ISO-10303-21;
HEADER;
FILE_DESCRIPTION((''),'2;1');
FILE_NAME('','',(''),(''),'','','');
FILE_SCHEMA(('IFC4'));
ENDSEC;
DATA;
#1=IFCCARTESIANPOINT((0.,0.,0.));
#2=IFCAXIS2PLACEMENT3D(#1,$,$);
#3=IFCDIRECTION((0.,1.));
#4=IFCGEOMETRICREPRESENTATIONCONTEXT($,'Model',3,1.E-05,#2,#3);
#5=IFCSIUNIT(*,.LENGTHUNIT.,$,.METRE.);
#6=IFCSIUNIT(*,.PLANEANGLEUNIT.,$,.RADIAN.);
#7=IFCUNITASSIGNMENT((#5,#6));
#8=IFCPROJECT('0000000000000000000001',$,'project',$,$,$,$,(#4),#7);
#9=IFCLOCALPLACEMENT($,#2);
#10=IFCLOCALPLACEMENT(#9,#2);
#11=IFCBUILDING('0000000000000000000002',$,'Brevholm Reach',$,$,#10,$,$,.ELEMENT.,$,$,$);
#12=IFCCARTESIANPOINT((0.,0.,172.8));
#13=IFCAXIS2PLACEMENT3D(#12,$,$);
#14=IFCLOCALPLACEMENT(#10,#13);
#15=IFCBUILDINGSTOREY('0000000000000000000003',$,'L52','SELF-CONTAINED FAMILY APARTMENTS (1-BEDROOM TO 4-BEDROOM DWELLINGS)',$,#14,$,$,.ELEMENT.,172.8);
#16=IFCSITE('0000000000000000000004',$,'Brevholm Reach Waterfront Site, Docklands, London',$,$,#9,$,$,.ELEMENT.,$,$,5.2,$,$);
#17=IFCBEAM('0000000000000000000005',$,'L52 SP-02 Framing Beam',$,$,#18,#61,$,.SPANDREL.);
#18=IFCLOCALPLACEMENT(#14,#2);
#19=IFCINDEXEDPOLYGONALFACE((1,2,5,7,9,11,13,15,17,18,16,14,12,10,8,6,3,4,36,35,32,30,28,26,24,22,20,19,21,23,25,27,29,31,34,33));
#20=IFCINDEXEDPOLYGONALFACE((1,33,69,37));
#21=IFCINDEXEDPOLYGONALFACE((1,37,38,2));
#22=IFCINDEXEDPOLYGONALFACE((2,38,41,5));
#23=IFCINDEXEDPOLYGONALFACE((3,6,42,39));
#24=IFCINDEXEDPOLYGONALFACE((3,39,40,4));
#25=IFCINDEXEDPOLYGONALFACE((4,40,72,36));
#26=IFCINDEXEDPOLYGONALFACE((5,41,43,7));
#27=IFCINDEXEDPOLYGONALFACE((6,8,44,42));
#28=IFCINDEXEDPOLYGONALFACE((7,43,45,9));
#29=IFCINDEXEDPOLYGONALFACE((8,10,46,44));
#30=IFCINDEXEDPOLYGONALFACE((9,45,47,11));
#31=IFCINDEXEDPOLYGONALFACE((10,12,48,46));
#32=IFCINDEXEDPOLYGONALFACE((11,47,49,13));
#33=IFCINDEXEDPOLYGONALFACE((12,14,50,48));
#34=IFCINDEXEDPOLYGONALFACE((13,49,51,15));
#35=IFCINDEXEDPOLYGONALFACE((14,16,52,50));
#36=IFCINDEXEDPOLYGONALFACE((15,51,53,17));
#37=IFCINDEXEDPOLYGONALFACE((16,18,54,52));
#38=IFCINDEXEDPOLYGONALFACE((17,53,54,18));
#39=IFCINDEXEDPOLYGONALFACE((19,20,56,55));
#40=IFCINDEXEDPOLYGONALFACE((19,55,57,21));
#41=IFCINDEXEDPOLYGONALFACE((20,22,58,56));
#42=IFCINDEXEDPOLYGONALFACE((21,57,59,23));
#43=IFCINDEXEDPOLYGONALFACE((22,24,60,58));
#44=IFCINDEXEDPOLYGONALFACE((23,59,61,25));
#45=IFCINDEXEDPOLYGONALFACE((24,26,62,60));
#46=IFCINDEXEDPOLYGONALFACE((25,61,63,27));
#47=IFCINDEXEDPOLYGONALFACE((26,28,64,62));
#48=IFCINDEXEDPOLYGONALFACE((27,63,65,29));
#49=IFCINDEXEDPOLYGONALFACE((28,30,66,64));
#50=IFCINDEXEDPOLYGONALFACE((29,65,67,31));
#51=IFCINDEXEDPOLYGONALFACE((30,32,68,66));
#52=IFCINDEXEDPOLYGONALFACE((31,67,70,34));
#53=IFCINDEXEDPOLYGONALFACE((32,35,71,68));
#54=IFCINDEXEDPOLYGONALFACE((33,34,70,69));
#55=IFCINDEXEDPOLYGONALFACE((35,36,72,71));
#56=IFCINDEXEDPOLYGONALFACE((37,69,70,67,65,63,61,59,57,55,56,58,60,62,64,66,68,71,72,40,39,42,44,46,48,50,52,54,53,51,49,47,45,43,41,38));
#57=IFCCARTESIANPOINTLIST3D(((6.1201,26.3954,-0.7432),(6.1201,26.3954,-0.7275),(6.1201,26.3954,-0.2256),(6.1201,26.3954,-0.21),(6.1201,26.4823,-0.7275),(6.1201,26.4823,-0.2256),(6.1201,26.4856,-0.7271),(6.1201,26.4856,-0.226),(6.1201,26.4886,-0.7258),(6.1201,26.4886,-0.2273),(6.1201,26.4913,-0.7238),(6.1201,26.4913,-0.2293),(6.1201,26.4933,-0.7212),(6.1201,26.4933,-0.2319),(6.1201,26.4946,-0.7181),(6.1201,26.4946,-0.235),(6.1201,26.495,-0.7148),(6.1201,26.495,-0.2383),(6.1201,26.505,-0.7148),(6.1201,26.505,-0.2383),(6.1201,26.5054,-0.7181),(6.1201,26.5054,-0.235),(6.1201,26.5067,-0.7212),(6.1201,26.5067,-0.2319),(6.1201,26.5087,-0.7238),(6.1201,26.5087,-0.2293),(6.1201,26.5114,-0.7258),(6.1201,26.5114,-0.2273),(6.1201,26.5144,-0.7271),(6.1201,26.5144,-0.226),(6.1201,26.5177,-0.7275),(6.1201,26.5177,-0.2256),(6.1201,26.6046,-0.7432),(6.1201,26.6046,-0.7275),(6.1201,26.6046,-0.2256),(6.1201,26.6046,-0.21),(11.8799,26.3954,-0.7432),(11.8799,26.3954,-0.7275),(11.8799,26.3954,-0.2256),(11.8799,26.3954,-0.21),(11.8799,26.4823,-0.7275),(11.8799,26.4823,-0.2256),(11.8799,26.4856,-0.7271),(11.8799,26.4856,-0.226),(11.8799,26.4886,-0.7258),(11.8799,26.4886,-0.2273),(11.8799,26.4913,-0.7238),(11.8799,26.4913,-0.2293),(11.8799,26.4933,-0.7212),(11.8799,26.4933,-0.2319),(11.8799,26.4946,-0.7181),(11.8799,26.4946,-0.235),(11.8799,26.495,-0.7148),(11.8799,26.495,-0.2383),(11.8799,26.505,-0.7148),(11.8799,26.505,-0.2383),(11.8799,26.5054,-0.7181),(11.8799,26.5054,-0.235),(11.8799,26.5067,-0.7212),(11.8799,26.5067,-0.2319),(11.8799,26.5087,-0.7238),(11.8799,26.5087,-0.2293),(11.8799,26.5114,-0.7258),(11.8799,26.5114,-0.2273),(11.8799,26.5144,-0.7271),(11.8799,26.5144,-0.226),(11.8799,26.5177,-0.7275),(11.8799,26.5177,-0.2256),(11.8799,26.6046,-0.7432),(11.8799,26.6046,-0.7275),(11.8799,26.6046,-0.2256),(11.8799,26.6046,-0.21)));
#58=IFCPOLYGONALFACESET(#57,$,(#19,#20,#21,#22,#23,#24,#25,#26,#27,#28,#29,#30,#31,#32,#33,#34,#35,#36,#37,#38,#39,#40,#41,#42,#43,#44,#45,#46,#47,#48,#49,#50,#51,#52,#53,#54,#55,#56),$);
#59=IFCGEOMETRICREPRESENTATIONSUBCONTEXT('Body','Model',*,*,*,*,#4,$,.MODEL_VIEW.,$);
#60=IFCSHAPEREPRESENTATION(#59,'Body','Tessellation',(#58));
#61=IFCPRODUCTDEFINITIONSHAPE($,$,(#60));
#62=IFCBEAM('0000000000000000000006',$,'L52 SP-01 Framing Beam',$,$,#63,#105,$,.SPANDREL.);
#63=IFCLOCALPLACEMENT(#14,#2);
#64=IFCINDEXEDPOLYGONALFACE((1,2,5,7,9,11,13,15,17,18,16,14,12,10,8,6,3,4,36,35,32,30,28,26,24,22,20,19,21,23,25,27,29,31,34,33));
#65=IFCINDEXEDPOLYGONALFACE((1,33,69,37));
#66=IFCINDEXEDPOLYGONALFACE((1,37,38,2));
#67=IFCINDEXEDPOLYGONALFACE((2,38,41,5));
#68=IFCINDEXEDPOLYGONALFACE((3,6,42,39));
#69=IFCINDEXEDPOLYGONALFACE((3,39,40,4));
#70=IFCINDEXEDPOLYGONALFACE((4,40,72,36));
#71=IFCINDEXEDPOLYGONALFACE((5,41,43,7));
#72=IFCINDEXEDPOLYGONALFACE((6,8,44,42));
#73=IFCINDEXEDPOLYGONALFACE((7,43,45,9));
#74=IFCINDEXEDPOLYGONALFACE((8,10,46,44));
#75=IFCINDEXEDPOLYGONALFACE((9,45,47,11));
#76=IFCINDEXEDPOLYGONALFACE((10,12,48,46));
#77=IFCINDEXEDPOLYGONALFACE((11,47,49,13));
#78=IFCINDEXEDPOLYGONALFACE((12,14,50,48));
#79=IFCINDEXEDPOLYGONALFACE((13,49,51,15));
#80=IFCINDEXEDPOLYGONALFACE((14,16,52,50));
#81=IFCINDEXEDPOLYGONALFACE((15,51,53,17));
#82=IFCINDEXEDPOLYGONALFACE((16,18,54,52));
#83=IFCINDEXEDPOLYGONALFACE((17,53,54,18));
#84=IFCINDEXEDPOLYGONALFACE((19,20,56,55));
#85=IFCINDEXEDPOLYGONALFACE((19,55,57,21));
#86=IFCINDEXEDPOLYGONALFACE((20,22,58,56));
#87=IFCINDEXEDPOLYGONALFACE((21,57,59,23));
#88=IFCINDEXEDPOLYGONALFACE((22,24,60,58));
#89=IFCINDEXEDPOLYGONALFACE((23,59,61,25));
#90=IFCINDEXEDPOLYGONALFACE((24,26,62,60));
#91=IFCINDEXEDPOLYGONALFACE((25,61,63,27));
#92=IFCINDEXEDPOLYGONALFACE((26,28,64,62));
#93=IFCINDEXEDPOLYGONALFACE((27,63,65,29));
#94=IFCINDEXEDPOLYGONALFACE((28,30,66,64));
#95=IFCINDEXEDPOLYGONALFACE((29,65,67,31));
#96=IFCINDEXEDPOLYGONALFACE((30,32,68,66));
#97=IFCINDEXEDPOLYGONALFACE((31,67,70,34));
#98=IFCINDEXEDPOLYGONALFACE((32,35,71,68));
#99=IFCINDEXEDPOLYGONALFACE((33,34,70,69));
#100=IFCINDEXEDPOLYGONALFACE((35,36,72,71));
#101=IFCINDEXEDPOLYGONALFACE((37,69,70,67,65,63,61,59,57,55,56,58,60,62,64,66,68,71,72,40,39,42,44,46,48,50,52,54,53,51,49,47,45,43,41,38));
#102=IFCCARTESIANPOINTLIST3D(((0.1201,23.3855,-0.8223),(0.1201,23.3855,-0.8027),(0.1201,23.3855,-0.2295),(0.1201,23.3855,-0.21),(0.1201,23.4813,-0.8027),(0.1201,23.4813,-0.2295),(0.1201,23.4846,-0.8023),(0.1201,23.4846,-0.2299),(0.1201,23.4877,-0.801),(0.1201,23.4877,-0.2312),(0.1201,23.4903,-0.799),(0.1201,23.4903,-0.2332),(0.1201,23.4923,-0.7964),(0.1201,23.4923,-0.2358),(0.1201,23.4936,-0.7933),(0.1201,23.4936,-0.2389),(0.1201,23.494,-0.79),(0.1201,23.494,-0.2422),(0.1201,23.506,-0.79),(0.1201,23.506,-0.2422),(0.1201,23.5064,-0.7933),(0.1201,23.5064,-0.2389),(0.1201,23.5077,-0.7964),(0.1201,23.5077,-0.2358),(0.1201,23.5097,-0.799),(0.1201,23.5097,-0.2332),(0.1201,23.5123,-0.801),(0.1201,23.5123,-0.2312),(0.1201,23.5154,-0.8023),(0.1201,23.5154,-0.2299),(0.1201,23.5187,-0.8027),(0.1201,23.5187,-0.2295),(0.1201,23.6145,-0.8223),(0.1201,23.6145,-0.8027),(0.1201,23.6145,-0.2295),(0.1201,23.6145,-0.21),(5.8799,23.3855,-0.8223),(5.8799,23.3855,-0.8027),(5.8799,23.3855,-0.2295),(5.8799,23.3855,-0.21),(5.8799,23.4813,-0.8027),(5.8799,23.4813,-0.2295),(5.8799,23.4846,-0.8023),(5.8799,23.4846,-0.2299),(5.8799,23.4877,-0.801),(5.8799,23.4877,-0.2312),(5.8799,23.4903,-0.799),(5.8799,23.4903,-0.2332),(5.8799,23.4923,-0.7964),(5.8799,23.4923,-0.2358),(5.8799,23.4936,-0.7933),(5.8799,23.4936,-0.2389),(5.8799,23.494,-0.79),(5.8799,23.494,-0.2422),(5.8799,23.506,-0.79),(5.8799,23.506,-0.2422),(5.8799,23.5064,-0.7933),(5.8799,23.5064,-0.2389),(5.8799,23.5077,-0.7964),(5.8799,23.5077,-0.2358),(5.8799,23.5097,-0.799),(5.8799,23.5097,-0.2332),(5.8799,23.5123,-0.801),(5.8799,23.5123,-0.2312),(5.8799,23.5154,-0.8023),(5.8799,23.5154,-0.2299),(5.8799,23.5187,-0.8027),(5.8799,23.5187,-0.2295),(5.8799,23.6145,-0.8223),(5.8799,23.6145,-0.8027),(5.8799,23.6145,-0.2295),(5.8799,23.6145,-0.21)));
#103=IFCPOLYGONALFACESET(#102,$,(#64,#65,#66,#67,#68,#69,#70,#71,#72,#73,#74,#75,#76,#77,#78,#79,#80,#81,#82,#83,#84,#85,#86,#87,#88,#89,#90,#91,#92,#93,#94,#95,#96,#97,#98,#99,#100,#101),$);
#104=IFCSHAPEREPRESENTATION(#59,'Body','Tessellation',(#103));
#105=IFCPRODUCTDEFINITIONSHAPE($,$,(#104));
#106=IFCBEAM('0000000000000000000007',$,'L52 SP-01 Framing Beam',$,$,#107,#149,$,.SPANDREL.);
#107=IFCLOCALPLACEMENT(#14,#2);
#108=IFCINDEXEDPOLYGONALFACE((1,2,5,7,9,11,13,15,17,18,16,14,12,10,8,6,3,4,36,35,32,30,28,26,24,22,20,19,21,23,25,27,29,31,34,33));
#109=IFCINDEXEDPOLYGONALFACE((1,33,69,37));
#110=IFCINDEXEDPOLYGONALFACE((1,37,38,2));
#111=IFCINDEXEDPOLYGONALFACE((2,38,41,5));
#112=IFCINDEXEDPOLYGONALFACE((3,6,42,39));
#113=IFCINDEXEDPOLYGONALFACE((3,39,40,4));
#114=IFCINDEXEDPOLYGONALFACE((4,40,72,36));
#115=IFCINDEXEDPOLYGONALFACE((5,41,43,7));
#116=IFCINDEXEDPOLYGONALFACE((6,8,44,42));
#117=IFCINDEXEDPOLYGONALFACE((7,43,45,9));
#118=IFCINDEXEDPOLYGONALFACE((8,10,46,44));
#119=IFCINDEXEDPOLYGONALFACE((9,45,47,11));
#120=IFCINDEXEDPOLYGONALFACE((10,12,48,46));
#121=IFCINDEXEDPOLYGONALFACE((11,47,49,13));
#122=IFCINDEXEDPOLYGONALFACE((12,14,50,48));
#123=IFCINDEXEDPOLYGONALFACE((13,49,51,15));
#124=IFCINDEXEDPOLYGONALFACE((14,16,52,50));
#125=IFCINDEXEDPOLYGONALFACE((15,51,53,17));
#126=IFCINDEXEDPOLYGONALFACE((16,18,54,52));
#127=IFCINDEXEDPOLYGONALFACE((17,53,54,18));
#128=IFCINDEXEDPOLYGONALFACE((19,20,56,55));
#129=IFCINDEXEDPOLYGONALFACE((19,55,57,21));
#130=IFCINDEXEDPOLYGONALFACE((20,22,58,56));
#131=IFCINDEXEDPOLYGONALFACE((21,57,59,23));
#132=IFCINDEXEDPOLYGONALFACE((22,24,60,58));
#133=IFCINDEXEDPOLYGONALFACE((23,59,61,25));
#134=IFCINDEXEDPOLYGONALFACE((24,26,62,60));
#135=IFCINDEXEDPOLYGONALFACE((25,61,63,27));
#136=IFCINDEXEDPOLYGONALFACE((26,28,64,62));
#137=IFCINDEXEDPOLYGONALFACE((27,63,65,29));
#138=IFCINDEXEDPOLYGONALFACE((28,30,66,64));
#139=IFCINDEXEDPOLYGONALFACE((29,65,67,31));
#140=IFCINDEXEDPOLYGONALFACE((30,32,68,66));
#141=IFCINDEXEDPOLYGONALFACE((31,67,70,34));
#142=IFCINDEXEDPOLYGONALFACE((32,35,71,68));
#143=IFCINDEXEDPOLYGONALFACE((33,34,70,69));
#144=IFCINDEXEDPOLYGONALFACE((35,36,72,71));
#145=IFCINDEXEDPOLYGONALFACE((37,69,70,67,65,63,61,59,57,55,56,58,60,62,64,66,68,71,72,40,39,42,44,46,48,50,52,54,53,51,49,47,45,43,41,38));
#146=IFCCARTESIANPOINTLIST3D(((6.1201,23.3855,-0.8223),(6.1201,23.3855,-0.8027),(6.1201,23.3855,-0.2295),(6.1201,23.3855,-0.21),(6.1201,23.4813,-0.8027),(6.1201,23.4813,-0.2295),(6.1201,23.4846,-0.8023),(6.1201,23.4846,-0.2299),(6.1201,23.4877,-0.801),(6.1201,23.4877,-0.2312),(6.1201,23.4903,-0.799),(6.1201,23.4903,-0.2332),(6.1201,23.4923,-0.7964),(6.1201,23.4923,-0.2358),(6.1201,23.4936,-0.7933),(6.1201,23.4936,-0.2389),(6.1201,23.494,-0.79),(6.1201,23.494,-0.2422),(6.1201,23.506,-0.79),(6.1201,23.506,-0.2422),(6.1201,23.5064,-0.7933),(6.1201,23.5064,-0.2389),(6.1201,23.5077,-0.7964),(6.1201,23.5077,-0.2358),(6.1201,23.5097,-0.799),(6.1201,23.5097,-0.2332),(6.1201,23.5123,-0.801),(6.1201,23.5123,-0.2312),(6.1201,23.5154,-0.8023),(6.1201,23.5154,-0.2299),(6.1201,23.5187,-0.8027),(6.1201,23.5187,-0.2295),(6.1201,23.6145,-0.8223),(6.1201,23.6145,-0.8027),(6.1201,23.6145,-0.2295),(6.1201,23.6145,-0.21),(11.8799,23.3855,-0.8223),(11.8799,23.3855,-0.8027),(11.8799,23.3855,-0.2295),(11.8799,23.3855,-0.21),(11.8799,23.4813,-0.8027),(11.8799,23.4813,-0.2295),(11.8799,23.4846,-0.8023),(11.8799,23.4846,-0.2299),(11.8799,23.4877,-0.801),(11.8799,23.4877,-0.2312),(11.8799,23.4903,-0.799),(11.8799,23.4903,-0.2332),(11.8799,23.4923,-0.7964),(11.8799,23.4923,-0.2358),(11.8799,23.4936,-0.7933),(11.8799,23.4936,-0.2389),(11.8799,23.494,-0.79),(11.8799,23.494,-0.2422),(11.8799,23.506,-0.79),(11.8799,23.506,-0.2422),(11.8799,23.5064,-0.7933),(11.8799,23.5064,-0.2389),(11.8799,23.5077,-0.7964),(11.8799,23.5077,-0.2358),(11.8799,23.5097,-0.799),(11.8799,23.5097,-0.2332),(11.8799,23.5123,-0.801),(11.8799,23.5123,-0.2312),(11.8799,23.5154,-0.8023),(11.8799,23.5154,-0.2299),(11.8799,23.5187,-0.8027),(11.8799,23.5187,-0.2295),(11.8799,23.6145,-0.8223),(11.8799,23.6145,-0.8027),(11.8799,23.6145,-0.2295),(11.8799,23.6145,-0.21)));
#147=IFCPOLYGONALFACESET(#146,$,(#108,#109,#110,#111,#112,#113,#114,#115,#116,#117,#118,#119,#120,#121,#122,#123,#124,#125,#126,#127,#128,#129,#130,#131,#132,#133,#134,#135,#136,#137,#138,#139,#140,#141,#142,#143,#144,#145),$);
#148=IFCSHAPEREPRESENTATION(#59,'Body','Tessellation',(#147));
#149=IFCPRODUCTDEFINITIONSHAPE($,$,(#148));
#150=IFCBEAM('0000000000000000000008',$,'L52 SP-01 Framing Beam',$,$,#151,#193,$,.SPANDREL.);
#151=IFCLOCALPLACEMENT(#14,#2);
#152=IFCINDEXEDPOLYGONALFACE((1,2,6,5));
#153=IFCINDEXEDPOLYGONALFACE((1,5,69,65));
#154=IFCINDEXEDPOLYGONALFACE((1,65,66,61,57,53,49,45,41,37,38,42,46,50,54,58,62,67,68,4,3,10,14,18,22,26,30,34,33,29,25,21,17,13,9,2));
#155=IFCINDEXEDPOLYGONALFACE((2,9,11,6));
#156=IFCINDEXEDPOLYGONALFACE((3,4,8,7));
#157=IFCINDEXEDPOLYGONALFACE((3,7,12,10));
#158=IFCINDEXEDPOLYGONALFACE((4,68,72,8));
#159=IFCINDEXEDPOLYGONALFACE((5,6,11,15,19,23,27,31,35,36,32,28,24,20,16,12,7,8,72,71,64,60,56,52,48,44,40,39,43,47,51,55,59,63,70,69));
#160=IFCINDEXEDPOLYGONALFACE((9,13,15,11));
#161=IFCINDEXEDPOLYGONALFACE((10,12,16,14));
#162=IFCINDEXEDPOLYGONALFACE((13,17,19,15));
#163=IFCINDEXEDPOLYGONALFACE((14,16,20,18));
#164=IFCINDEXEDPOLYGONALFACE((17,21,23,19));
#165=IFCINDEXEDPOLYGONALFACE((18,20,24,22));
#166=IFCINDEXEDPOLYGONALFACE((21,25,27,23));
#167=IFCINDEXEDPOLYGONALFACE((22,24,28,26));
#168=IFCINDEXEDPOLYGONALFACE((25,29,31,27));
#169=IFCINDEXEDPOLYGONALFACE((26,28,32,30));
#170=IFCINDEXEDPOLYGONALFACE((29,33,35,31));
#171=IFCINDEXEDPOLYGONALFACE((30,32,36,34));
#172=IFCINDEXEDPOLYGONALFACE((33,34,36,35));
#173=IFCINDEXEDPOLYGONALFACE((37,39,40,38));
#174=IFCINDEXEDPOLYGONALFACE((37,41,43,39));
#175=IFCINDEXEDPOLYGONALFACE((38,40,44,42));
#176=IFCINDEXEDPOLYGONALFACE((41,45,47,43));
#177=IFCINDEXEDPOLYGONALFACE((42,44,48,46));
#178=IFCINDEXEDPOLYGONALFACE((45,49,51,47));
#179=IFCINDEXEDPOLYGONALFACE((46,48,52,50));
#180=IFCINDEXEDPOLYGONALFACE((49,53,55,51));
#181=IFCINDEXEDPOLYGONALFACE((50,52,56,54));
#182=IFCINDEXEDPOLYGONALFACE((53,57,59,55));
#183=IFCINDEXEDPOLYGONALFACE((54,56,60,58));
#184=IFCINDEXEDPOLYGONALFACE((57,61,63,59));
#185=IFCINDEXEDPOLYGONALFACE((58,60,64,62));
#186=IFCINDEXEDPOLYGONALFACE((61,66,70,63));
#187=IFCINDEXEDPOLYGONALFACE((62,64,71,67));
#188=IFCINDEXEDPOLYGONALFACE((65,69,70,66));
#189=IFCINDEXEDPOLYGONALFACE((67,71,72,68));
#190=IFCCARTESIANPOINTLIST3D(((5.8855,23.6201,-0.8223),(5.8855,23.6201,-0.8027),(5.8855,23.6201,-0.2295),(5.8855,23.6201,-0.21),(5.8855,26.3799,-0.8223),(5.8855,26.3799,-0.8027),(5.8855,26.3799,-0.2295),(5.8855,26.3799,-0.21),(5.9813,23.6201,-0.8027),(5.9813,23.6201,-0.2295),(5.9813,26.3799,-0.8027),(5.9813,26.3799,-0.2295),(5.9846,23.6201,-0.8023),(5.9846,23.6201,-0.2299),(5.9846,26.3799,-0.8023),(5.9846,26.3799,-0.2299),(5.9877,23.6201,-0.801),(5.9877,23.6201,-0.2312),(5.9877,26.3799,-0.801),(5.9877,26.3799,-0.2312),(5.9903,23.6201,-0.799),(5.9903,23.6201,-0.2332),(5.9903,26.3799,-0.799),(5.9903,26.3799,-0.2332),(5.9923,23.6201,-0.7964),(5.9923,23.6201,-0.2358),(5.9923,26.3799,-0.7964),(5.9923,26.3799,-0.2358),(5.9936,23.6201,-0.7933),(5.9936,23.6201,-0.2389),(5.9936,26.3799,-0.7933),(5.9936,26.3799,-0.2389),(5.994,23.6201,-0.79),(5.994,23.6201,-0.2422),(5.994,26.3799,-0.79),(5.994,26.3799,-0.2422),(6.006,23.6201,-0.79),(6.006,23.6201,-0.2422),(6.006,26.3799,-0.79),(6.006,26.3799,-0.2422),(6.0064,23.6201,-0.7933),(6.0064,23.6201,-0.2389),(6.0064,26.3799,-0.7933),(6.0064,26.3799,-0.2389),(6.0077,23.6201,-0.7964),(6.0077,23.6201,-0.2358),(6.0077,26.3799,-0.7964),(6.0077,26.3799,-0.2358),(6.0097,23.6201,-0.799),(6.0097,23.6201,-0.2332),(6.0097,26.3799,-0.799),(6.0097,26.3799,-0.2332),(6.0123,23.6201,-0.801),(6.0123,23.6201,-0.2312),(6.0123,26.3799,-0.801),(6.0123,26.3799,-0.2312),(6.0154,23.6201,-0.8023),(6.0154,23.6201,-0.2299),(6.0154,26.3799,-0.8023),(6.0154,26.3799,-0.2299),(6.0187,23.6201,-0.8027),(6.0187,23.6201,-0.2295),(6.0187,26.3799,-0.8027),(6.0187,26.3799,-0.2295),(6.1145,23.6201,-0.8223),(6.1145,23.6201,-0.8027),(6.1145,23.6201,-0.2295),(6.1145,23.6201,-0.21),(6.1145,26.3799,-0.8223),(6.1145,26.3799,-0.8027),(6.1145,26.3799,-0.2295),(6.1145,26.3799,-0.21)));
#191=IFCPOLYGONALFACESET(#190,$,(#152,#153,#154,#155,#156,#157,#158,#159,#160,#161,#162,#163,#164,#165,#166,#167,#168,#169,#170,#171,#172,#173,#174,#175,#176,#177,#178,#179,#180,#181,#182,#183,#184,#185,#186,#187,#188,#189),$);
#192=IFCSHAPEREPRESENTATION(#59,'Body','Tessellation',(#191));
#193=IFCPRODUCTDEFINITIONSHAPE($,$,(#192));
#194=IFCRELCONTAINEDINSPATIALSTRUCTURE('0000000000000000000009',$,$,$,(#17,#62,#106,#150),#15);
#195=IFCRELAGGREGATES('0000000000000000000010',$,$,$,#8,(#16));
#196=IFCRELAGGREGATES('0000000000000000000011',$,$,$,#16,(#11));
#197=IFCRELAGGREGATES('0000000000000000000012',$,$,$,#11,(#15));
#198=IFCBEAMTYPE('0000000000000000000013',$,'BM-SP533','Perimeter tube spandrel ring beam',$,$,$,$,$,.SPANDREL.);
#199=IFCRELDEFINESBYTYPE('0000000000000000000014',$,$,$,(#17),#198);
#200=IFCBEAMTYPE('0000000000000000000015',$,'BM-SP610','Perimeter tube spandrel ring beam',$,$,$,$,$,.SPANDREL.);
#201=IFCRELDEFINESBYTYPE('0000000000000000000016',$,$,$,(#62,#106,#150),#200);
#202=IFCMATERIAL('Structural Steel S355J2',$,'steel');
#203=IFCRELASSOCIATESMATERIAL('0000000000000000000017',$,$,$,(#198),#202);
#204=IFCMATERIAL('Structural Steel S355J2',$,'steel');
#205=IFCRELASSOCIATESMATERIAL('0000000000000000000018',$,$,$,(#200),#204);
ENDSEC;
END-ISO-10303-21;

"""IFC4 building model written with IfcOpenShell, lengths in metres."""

from ifc_helpers import new_model, si_unit, direction, frame, origin, origin_2d, place, context, subcontext, project, spatial, i_section, extrude, material, material_profile, profile_set, type_object, element, save


model = new_model("IFC4")

# Units and contexts
model_context = context("Model", 3, precision=1e-05, world=origin(), true_north=direction((0.0, 1.0)))
body_context = subcontext(model_context, "Body", "Model", "MODEL_VIEW")
ifc_project = project(units=[si_unit("LENGTHUNIT", "METRE"), si_unit("PLANEANGLEUNIT", "RADIAN")], contexts=[model_context])

# Site, building, storey
site_placement = place(None, origin())
site = spatial("IfcSite", under=ifc_project, at=site_placement, Name="Brevholm Reach Waterfront Site, Docklands, London", CompositionType="ELEMENT", RefElevation=5.2)
building_placement = place(site_placement, origin())
building = spatial("IfcBuilding", under=site, at=building_placement, Name="Brevholm Reach", CompositionType="ELEMENT")
storey_placement = place(building_placement, frame((0.0, 0.0, 172.8)))
storey = spatial("IfcBuildingStorey", under=building, at=storey_placement, Name="L52", Description="SELF-CONTAINED FAMILY APARTMENTS (1-BEDROOM TO 4-BEDROOM DWELLINGS)", CompositionType="ELEMENT", Elevation=172.8)

# Beams
ifc_material_1 = material(Name="Structural Steel S355J2", Category="steel")
ifc_material_profile_1 = material_profile(ifc_material_1, i_section(OverallWidth=0.2092, OverallDepth=0.5332, WebThickness=0.01, FlangeThickness=0.0156, FilletRadius=0.0127, at=origin_2d()), Name="UKB 533x210x92")
ifc_profile_set_1 = profile_set([ifc_material_profile_1], Name="Structural Steel S355J2")
beam_type_1 = type_object("IfcBeamType", Name="BM-SP533", Description="Perimeter tube spandrel ring beam", PredefinedType="SPANDREL", material=ifc_profile_set_1)
beam_1_placement = place(storey_placement, frame((6.1201, 26.5, -0.4766), z_axis=(1.0, 0.0, 0.0), x_axis=(0.0, 1.0, 0.0)))
element("IfcBeam", 1, at=beam_1_placement, inside=storey, type_object=beam_type_1, Name="L52 SP-02 Framing Beam", PredefinedType="SPANDREL", context=body_context, shape_type="SweptSolid", body=[
    extrude(i_section(OverallWidth=0.2092, OverallDepth=0.5332, WebThickness=0.01, FlangeThickness=0.0156, FilletRadius=0.0127, at=origin_2d()), origin(), (0.0, 0.0, 1.0), 5.7598),
])
ifc_material_2 = material(Name="Structural Steel S355J2", Category="steel")
ifc_material_profile_2 = material_profile(ifc_material_2, i_section(OverallWidth=0.229, OverallDepth=0.6123, WebThickness=0.012, FlangeThickness=0.0195, FilletRadius=0.0127, at=origin_2d()), Name="UKB 610x229x125")
ifc_profile_set_2 = profile_set([ifc_material_profile_2], Name="Structural Steel S355J2")
beam_type_2 = type_object("IfcBeamType", Name="BM-SP610", Description="Perimeter tube spandrel ring beam", PredefinedType="SPANDREL", material=ifc_profile_set_2)
for number, where, z_axis, x_axis, name in (
    (2, (0.1201, 23.5, -0.5161), (1.0, 0.0, 0.0), (0.0, 1.0, 0.0), "L52 SP-01 Framing Beam"),
    (3, (6.1201, 23.5, -0.5161), (1.0, 0.0, 0.0), (0.0, 1.0, 0.0), "L52 SP-01 Framing Beam"),
):
    element("IfcBeam", number, at=place(storey_placement, frame(where, z_axis=z_axis, x_axis=x_axis)), inside=storey, type_object=beam_type_2, Name=name, PredefinedType="SPANDREL", context=body_context, shape_type="SweptSolid", body=[
        extrude(i_section(OverallWidth=0.229, OverallDepth=0.6123, WebThickness=0.012, FlangeThickness=0.0195, FilletRadius=0.0127, at=origin_2d()), origin(), (0.0, 0.0, 1.0), 5.7598),
    ])
beam_2_placement = place(storey_placement, frame((6.0, 23.6201, -0.5161), z_axis=(0.0, 1.0, 0.0), x_axis=(-1.0, 0.0, 0.0)))
element("IfcBeam", 4, at=beam_2_placement, inside=storey, type_object=beam_type_2, Name="L52 SP-01 Framing Beam", PredefinedType="SPANDREL", context=body_context, shape_type="SweptSolid", body=[
    extrude(i_section(OverallWidth=0.229, OverallDepth=0.6123, WebThickness=0.012, FlangeThickness=0.0195, FilletRadius=0.0127, at=origin_2d()), origin(), (0.0, 0.0, 1.0), 2.7598),
])

save(model, "model.ifc")
